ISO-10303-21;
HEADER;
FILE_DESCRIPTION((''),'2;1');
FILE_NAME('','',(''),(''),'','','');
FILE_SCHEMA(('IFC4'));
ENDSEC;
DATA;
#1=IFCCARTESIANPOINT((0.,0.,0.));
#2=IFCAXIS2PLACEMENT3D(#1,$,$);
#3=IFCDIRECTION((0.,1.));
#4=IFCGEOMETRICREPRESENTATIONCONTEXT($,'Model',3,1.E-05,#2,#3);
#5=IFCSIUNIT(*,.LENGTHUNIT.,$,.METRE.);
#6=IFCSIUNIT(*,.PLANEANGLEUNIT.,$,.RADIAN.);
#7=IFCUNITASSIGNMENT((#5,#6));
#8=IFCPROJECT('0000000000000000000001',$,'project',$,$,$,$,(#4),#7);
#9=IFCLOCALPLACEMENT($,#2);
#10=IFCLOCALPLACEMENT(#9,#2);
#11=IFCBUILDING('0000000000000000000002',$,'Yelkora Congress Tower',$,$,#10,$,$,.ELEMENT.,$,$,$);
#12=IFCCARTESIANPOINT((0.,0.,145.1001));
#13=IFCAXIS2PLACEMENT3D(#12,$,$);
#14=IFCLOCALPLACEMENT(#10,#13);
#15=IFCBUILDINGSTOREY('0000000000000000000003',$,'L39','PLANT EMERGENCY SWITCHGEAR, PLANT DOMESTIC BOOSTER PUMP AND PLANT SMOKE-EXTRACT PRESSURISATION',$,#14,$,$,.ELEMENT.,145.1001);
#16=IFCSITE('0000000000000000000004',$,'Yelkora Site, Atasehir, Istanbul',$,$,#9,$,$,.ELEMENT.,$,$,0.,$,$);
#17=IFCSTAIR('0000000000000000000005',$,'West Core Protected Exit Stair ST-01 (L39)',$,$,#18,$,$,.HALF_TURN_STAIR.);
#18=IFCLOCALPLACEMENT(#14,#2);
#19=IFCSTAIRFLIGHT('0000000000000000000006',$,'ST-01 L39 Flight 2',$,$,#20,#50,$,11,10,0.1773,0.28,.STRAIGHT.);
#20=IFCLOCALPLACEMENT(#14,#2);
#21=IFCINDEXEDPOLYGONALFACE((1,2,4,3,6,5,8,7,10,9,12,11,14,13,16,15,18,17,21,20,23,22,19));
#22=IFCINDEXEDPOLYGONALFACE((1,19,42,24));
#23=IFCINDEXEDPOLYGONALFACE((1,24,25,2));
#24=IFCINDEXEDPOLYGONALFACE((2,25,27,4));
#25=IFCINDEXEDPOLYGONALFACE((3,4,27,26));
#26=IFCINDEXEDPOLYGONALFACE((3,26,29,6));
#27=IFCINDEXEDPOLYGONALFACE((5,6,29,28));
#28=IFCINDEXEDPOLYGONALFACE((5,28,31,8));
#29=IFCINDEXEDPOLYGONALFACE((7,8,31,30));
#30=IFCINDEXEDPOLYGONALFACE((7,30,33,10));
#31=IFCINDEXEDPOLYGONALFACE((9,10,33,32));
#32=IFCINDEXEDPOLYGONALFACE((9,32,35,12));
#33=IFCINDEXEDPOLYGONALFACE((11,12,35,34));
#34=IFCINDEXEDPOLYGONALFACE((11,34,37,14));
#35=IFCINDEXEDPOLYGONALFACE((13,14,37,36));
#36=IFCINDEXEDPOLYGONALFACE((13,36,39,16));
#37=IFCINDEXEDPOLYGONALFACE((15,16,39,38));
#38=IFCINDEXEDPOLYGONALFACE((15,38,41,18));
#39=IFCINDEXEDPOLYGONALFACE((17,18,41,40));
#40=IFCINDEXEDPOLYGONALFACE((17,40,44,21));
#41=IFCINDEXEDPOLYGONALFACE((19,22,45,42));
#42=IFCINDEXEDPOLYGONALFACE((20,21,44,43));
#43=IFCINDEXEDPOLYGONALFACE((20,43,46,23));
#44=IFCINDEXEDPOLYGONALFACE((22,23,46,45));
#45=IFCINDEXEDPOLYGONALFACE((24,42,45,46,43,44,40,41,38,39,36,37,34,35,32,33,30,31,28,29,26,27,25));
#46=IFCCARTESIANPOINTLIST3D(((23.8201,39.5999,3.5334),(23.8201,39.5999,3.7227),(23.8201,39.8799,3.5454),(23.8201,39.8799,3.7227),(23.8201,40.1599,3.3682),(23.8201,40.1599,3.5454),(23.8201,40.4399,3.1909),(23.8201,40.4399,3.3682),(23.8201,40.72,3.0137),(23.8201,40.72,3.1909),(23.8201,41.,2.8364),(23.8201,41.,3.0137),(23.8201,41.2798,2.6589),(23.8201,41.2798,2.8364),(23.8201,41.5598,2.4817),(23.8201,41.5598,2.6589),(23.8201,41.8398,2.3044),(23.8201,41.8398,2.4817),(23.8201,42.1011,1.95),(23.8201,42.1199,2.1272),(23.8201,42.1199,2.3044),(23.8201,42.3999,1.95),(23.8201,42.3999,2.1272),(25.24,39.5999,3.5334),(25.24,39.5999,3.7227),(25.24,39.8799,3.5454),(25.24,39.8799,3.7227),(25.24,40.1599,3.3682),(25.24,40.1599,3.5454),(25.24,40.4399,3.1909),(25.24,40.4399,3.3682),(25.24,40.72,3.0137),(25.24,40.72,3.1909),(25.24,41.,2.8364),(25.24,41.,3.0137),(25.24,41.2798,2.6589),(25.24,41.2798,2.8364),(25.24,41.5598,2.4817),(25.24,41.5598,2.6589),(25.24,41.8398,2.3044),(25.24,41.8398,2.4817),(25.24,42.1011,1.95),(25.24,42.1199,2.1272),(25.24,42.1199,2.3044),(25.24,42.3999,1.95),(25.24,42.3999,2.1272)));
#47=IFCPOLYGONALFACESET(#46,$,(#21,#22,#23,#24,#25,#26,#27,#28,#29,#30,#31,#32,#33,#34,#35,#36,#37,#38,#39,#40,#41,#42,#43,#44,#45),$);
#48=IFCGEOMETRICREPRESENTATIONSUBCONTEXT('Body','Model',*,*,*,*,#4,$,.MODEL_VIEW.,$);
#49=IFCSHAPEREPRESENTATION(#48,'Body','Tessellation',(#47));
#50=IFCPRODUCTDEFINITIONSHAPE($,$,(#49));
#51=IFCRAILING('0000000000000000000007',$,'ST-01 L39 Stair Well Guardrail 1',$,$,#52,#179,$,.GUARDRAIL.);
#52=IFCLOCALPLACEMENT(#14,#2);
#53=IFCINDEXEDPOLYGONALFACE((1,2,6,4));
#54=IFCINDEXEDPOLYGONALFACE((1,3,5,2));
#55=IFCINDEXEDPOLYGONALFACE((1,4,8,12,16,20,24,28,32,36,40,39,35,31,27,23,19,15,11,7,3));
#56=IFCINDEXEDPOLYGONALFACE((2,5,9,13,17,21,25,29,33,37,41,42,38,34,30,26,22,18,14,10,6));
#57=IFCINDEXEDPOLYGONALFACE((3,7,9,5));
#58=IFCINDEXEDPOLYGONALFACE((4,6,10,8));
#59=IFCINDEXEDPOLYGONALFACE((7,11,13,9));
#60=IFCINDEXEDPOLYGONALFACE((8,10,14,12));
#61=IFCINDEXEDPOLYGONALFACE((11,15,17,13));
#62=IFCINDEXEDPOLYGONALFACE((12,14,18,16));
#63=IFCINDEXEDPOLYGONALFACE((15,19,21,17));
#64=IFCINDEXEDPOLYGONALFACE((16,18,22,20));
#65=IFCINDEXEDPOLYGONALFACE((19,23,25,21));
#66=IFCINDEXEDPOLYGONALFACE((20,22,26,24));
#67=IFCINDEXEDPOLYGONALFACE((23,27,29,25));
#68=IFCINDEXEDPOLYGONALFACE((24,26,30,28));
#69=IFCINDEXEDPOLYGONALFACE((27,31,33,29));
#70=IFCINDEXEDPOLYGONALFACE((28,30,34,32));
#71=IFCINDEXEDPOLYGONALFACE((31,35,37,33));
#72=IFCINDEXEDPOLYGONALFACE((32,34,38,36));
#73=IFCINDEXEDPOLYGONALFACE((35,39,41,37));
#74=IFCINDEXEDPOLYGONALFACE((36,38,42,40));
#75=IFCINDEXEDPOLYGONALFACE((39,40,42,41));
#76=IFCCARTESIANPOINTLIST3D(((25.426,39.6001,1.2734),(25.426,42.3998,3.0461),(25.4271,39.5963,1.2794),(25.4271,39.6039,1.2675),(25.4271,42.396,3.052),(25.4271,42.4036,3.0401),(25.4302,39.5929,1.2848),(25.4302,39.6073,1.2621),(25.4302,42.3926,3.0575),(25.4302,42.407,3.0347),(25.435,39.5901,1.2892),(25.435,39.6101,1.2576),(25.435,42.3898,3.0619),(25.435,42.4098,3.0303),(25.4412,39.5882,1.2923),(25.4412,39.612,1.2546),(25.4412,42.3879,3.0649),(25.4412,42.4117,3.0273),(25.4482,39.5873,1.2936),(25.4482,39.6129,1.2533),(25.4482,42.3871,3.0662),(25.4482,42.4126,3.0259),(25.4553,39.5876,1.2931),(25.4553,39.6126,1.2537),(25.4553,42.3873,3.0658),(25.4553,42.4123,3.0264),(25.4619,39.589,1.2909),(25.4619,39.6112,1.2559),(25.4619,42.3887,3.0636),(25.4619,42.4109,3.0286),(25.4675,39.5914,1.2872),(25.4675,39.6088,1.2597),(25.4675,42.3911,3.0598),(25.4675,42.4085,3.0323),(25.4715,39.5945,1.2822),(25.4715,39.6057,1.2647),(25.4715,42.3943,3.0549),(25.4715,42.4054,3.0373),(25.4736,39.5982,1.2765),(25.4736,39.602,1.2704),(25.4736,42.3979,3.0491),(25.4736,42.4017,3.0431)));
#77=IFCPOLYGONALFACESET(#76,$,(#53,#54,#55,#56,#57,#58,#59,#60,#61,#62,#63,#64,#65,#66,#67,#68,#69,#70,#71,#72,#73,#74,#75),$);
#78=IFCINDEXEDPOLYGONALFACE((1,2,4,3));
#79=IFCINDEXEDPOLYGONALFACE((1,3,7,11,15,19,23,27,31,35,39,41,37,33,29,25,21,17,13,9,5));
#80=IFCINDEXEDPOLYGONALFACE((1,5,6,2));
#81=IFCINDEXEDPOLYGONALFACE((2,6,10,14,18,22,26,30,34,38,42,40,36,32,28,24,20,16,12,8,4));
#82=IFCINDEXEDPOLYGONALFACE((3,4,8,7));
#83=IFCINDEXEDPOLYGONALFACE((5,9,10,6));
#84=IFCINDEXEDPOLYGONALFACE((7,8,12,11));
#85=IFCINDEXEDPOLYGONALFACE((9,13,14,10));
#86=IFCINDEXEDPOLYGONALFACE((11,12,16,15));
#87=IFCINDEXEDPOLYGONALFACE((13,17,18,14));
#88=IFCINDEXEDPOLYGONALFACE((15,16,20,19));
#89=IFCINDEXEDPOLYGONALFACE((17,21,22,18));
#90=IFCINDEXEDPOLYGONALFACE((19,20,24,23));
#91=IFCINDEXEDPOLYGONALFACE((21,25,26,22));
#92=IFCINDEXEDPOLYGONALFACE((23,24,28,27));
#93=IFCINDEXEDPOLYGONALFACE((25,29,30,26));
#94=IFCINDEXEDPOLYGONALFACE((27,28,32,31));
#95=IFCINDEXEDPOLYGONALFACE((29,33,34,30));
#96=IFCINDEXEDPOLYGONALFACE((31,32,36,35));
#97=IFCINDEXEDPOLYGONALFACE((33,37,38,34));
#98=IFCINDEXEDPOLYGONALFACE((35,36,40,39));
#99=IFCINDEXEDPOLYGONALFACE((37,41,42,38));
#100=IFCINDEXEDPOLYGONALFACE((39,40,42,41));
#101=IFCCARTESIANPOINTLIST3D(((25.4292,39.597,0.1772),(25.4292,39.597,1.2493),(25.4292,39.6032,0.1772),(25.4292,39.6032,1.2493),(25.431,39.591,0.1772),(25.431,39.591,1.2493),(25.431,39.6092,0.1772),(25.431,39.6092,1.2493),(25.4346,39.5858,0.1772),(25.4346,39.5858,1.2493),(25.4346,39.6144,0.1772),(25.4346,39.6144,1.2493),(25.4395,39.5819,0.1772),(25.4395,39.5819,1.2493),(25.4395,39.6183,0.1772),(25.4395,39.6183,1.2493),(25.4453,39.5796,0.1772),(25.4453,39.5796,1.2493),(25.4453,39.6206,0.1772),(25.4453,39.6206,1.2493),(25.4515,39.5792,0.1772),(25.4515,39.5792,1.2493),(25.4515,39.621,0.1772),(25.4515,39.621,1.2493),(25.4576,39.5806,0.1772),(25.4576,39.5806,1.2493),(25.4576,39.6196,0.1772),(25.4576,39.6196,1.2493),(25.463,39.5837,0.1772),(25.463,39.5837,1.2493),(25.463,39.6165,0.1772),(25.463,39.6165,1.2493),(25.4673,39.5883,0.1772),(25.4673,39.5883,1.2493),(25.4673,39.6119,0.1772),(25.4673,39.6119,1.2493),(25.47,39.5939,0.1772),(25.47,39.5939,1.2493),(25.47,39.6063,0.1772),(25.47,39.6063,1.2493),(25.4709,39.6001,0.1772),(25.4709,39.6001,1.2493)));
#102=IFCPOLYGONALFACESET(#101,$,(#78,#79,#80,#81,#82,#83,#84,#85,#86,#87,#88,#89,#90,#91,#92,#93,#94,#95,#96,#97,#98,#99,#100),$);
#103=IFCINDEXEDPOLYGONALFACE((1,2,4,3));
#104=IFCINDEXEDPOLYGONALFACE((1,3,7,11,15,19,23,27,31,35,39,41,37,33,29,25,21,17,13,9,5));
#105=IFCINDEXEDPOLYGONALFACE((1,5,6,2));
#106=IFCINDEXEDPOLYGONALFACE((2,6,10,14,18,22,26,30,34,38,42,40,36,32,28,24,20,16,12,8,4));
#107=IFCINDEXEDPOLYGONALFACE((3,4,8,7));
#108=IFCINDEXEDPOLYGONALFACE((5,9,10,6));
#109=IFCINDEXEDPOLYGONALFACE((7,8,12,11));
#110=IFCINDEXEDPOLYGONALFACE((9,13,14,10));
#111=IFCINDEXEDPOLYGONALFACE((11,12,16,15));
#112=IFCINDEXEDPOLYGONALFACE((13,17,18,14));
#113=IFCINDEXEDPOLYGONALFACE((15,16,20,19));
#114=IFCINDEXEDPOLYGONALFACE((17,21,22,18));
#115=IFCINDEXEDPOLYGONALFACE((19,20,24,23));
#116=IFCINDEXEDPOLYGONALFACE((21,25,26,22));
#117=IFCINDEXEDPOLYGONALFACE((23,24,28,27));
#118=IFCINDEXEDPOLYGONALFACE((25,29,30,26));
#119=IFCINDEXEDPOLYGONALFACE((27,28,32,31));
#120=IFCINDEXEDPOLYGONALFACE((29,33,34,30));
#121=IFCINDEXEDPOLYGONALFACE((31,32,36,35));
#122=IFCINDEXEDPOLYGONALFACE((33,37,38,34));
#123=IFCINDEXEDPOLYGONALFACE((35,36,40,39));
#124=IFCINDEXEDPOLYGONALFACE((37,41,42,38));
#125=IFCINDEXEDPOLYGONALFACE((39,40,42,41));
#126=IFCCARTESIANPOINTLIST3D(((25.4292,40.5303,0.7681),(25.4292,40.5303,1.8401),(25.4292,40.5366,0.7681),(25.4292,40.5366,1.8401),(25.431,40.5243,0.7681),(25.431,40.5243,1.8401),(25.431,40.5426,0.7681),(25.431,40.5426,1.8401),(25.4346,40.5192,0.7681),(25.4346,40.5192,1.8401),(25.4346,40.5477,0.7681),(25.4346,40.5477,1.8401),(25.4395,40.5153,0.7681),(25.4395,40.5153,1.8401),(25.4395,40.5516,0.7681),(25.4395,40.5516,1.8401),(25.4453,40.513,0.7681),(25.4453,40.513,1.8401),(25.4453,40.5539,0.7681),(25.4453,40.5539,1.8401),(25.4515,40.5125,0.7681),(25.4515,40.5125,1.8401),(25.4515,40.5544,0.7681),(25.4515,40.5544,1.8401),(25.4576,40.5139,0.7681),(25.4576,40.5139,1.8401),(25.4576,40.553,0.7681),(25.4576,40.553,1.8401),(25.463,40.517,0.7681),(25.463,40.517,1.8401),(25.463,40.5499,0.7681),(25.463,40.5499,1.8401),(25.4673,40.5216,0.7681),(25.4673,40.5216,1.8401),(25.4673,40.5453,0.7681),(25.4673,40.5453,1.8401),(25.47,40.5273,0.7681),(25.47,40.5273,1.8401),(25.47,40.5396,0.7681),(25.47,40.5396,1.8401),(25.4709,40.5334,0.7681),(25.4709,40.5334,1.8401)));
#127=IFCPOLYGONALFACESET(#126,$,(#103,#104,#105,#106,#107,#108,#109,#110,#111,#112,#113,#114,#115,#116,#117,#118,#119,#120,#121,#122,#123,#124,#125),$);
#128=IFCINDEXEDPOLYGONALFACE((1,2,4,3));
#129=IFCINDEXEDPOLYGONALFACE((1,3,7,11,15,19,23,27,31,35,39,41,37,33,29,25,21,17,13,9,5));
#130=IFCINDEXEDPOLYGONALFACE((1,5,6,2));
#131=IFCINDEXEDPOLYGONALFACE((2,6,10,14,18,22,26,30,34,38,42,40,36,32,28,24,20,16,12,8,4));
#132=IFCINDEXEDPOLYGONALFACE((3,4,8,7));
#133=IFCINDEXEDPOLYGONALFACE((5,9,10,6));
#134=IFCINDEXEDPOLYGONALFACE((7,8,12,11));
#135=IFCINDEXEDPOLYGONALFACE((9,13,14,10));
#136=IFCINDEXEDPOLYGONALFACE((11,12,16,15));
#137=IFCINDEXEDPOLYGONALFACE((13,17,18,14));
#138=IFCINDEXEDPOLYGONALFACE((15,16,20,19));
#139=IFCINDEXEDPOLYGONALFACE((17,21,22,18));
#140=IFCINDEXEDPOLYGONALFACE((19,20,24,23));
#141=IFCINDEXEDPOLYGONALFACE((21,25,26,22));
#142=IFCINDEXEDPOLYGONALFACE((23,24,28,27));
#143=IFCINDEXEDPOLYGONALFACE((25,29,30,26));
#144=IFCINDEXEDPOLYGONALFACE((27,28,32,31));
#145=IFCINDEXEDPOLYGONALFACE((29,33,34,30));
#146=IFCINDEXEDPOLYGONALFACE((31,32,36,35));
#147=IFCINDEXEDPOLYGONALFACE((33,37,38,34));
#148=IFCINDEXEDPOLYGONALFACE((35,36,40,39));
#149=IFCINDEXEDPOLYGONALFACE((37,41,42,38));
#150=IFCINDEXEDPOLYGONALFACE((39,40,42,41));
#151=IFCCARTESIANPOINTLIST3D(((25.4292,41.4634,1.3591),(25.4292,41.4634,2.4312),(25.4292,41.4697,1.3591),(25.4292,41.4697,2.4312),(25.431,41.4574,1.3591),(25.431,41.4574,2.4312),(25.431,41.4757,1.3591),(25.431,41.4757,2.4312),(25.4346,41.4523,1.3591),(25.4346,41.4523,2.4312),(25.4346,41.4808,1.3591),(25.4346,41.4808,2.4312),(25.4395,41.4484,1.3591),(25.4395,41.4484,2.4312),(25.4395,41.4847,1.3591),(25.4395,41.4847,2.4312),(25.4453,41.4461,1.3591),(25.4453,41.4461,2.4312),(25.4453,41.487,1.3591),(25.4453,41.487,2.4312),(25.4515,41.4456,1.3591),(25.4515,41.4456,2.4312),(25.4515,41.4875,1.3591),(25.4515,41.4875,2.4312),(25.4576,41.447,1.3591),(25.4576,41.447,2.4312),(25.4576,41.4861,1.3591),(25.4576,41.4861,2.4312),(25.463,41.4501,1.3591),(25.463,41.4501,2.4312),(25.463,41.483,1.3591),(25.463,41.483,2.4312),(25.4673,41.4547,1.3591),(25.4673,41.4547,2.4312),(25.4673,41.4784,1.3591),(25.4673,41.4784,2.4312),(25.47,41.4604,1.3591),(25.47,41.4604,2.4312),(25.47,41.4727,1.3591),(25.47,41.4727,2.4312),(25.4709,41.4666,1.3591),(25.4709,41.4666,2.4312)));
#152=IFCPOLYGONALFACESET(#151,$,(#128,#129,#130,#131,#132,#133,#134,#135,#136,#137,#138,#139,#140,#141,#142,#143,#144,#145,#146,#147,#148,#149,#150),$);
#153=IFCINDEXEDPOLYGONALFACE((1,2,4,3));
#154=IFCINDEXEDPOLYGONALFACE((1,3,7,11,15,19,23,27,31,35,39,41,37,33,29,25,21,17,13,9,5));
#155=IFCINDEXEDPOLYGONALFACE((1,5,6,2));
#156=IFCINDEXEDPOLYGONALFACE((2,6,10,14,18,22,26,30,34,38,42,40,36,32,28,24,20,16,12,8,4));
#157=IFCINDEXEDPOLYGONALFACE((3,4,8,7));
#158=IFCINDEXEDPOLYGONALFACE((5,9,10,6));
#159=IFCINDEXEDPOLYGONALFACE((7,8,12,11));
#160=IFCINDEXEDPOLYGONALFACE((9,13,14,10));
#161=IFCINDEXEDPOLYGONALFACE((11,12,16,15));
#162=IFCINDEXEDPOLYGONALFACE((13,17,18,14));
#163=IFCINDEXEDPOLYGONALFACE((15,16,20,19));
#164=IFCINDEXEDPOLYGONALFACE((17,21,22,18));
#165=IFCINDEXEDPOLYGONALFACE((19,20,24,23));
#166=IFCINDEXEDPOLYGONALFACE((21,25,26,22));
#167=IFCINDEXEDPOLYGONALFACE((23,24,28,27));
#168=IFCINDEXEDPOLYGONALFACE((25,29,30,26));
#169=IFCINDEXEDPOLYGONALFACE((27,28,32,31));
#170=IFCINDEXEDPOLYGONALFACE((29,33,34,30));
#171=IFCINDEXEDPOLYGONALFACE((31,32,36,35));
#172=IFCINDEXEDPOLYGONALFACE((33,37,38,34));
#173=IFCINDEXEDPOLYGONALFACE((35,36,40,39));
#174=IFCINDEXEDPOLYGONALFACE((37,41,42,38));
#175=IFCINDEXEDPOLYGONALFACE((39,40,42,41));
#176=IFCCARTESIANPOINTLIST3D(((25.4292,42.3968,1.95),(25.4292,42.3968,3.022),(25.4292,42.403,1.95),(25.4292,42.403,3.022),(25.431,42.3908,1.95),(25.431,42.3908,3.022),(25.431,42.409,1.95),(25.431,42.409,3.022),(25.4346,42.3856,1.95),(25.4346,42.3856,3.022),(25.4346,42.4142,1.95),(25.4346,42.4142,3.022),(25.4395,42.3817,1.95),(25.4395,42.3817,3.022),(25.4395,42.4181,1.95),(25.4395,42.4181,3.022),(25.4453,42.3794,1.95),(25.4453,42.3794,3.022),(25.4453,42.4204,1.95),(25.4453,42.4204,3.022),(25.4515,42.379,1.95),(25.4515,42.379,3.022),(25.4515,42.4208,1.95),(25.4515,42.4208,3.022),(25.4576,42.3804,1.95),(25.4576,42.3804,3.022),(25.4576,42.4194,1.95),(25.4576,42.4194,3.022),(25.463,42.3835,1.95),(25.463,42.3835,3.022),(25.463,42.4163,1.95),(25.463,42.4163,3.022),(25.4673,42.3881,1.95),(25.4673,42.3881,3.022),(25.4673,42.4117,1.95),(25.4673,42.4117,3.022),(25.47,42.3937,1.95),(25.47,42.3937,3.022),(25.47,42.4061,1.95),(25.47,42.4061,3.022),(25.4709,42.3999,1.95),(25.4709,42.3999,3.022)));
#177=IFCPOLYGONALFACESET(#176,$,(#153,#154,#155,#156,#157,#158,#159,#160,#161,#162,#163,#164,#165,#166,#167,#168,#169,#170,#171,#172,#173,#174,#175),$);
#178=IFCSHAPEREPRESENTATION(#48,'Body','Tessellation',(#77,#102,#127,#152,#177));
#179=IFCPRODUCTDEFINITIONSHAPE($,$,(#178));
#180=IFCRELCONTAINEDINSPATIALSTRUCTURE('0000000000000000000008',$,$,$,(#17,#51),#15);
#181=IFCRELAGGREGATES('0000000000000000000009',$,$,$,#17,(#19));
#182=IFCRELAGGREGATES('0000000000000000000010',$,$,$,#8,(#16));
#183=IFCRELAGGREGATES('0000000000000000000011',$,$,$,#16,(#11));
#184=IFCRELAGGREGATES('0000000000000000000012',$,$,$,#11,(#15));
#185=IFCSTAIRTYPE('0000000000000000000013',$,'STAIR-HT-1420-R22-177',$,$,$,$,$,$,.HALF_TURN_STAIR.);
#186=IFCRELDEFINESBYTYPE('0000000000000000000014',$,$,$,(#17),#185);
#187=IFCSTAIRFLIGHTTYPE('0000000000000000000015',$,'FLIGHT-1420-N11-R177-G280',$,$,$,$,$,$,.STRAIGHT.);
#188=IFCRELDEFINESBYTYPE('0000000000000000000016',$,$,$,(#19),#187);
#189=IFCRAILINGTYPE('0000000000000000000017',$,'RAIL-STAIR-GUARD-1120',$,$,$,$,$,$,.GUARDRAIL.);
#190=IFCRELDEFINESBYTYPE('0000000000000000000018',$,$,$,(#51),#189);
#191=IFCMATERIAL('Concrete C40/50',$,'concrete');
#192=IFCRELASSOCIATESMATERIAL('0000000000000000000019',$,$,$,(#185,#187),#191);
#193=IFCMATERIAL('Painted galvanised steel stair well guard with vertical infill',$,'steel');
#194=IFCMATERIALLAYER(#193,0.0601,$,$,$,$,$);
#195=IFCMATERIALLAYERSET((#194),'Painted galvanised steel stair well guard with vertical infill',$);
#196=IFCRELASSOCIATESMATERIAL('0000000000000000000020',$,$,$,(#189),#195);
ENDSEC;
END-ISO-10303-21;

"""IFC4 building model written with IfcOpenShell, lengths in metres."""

from ifc_helpers import new_model, si_unit, direction, frame, origin, origin_2d, place, context, subcontext, project, spatial, polyline, circle, outline, extrude, material, layer, layer_set, type_object, element, aggregate, save


model = new_model("IFC4")

# Units and contexts
model_context = context("Model", 3, precision=1e-05, world=origin(), true_north=direction((0.0, 1.0)))
body_context = subcontext(model_context, "Body", "Model", "MODEL_VIEW")
ifc_project = project(units=[si_unit("LENGTHUNIT", "METRE"), si_unit("PLANEANGLEUNIT", "RADIAN")], contexts=[model_context])

# Site, building, storey
site_placement = place(None, origin())
site = spatial("IfcSite", under=ifc_project, at=site_placement, Name="Yelkora Site, Atasehir, Istanbul", CompositionType="ELEMENT", RefElevation=0.0)
building_placement = place(site_placement, origin())
building = spatial("IfcBuilding", under=site, at=building_placement, Name="Yelkora Congress Tower", CompositionType="ELEMENT")
storey_placement = place(building_placement, frame((0.0, 0.0, 145.1001)))
storey = spatial("IfcBuildingStorey", under=building, at=storey_placement, Name="L39", Description="PLANT EMERGENCY SWITCHGEAR, PLANT DOMESTIC BOOSTER PUMP AND PLANT SMOKE-EXTRACT PRESSURISATION", CompositionType="ELEMENT", Elevation=145.1001)

# Stair, stair flight
ifc_material_1 = material(Name="Concrete C40/50", Category="concrete")
stair_type = type_object("IfcStairType", Name="STAIR-HT-1420-R22-177", PredefinedType="HALF_TURN_STAIR", material=ifc_material_1)
stair_placement = place(storey_placement, origin())
stair = element("IfcStair", 1, at=stair_placement, inside=storey, type_object=stair_type, Name="West Core Protected Exit Stair ST-01 (L39)", PredefinedType="HALF_TURN_STAIR")
stair_flight_type = type_object("IfcStairFlightType", Name="FLIGHT-1420-N11-R177-G280", PredefinedType="STRAIGHT", material=ifc_material_1)
stair_flight_1_placement = place(storey_placement, frame((24.53, 42.3999, 1.95), z_axis=(0.0, 0.0, 1.0), x_axis=(0.0, -1.0, 0.0)))
stair_flight_1 = element("IfcStairFlight", 2, at=stair_flight_1_placement, type_object=stair_flight_type, Name="ST-01 L39 Flight 2", NumberOfRisers=11, NumberOfTreads=10, PredefinedType="STRAIGHT", RiserHeight=0.1773, TreadLength=0.28, context=body_context, shape_type="SweptSolid", body=[
    extrude(outline(polyline([(0.0, 0.0), (0.0, 0.1772), (0.28, 0.1772), (0.28, 0.3545), (0.5601, 0.3545), (0.5601, 0.5317), (0.8401, 0.5317), (0.8401, 0.709), (1.1201, 0.709), (1.1201, 0.8865), (1.3999, 0.8865), (1.3999, 1.0637), (1.6799, 1.0637), (1.6799, 1.241), (1.96, 1.241), (1.96, 1.4182), (2.24, 1.4182), (2.24, 1.5955), (2.52, 1.5955), (2.52, 1.7727), (2.8, 1.7727), (2.8, 1.95), (2.8, 1.5835), (0.2988, 0.0), (0.0, 0.0)])), frame((0.0, 0.71, 0.0), z_axis=(0.0, -1.0, 0.0), x_axis=(1.0, 0.0, 0.0)), (0.0, 0.0, 1.0), 1.4199),
])
aggregate(stair, [stair_flight_1])

# Railing
ifc_material_2 = material(Name="Painted galvanised steel stair well guard with vertical infill", Category="steel")
ifc_layer_1 = layer(ifc_material_2, 0.0601)
ifc_layer_set_1 = layer_set([ifc_layer_1], Name="Painted galvanised steel stair well guard with vertical infill")
railing_type_1 = type_object("IfcRailingType", Name="RAIL-STAIR-GUARD-1120", PredefinedType="GUARDRAIL", material=ifc_layer_set_1)
railing_1_placement = place(storey_placement, frame((25.45, 39.6001, 0.1772)))
element("IfcRailing", 3, at=railing_1_placement, inside=storey, type_object=railing_type_1, Name="ST-01 L39 Stair Well Guardrail 1", PredefinedType="GUARDRAIL", context=body_context, shape_type="SweptSolid", body=[
    extrude(circle(Radius=0.0239, at=origin_2d()), frame((0.0, 0.0, 1.0962), z_axis=(0.0, 0.844888, 0.534943), x_axis=(-1.0, 0.0, 0.0)), (0.0, 0.0, 1.0), 3.3137),
    extrude(circle(Radius=0.021, at=origin_2d()), origin(), (0.0, 0.0, 1.0), 1.072),
    extrude(circle(Radius=0.021, at=origin_2d()), frame((0.0, 0.9333, 0.5908)), (0.0, 0.0, 1.0), 1.072),
    extrude(circle(Radius=0.021, at=origin_2d()), frame((0.0, 1.8665, 1.1819)), (0.0, 0.0, 1.0), 1.072),
    extrude(circle(Radius=0.021, at=origin_2d()), frame((0.0, 2.7998, 1.7727)), (0.0, 0.0, 1.0), 1.072),
])

save(model, "model.ifc")
